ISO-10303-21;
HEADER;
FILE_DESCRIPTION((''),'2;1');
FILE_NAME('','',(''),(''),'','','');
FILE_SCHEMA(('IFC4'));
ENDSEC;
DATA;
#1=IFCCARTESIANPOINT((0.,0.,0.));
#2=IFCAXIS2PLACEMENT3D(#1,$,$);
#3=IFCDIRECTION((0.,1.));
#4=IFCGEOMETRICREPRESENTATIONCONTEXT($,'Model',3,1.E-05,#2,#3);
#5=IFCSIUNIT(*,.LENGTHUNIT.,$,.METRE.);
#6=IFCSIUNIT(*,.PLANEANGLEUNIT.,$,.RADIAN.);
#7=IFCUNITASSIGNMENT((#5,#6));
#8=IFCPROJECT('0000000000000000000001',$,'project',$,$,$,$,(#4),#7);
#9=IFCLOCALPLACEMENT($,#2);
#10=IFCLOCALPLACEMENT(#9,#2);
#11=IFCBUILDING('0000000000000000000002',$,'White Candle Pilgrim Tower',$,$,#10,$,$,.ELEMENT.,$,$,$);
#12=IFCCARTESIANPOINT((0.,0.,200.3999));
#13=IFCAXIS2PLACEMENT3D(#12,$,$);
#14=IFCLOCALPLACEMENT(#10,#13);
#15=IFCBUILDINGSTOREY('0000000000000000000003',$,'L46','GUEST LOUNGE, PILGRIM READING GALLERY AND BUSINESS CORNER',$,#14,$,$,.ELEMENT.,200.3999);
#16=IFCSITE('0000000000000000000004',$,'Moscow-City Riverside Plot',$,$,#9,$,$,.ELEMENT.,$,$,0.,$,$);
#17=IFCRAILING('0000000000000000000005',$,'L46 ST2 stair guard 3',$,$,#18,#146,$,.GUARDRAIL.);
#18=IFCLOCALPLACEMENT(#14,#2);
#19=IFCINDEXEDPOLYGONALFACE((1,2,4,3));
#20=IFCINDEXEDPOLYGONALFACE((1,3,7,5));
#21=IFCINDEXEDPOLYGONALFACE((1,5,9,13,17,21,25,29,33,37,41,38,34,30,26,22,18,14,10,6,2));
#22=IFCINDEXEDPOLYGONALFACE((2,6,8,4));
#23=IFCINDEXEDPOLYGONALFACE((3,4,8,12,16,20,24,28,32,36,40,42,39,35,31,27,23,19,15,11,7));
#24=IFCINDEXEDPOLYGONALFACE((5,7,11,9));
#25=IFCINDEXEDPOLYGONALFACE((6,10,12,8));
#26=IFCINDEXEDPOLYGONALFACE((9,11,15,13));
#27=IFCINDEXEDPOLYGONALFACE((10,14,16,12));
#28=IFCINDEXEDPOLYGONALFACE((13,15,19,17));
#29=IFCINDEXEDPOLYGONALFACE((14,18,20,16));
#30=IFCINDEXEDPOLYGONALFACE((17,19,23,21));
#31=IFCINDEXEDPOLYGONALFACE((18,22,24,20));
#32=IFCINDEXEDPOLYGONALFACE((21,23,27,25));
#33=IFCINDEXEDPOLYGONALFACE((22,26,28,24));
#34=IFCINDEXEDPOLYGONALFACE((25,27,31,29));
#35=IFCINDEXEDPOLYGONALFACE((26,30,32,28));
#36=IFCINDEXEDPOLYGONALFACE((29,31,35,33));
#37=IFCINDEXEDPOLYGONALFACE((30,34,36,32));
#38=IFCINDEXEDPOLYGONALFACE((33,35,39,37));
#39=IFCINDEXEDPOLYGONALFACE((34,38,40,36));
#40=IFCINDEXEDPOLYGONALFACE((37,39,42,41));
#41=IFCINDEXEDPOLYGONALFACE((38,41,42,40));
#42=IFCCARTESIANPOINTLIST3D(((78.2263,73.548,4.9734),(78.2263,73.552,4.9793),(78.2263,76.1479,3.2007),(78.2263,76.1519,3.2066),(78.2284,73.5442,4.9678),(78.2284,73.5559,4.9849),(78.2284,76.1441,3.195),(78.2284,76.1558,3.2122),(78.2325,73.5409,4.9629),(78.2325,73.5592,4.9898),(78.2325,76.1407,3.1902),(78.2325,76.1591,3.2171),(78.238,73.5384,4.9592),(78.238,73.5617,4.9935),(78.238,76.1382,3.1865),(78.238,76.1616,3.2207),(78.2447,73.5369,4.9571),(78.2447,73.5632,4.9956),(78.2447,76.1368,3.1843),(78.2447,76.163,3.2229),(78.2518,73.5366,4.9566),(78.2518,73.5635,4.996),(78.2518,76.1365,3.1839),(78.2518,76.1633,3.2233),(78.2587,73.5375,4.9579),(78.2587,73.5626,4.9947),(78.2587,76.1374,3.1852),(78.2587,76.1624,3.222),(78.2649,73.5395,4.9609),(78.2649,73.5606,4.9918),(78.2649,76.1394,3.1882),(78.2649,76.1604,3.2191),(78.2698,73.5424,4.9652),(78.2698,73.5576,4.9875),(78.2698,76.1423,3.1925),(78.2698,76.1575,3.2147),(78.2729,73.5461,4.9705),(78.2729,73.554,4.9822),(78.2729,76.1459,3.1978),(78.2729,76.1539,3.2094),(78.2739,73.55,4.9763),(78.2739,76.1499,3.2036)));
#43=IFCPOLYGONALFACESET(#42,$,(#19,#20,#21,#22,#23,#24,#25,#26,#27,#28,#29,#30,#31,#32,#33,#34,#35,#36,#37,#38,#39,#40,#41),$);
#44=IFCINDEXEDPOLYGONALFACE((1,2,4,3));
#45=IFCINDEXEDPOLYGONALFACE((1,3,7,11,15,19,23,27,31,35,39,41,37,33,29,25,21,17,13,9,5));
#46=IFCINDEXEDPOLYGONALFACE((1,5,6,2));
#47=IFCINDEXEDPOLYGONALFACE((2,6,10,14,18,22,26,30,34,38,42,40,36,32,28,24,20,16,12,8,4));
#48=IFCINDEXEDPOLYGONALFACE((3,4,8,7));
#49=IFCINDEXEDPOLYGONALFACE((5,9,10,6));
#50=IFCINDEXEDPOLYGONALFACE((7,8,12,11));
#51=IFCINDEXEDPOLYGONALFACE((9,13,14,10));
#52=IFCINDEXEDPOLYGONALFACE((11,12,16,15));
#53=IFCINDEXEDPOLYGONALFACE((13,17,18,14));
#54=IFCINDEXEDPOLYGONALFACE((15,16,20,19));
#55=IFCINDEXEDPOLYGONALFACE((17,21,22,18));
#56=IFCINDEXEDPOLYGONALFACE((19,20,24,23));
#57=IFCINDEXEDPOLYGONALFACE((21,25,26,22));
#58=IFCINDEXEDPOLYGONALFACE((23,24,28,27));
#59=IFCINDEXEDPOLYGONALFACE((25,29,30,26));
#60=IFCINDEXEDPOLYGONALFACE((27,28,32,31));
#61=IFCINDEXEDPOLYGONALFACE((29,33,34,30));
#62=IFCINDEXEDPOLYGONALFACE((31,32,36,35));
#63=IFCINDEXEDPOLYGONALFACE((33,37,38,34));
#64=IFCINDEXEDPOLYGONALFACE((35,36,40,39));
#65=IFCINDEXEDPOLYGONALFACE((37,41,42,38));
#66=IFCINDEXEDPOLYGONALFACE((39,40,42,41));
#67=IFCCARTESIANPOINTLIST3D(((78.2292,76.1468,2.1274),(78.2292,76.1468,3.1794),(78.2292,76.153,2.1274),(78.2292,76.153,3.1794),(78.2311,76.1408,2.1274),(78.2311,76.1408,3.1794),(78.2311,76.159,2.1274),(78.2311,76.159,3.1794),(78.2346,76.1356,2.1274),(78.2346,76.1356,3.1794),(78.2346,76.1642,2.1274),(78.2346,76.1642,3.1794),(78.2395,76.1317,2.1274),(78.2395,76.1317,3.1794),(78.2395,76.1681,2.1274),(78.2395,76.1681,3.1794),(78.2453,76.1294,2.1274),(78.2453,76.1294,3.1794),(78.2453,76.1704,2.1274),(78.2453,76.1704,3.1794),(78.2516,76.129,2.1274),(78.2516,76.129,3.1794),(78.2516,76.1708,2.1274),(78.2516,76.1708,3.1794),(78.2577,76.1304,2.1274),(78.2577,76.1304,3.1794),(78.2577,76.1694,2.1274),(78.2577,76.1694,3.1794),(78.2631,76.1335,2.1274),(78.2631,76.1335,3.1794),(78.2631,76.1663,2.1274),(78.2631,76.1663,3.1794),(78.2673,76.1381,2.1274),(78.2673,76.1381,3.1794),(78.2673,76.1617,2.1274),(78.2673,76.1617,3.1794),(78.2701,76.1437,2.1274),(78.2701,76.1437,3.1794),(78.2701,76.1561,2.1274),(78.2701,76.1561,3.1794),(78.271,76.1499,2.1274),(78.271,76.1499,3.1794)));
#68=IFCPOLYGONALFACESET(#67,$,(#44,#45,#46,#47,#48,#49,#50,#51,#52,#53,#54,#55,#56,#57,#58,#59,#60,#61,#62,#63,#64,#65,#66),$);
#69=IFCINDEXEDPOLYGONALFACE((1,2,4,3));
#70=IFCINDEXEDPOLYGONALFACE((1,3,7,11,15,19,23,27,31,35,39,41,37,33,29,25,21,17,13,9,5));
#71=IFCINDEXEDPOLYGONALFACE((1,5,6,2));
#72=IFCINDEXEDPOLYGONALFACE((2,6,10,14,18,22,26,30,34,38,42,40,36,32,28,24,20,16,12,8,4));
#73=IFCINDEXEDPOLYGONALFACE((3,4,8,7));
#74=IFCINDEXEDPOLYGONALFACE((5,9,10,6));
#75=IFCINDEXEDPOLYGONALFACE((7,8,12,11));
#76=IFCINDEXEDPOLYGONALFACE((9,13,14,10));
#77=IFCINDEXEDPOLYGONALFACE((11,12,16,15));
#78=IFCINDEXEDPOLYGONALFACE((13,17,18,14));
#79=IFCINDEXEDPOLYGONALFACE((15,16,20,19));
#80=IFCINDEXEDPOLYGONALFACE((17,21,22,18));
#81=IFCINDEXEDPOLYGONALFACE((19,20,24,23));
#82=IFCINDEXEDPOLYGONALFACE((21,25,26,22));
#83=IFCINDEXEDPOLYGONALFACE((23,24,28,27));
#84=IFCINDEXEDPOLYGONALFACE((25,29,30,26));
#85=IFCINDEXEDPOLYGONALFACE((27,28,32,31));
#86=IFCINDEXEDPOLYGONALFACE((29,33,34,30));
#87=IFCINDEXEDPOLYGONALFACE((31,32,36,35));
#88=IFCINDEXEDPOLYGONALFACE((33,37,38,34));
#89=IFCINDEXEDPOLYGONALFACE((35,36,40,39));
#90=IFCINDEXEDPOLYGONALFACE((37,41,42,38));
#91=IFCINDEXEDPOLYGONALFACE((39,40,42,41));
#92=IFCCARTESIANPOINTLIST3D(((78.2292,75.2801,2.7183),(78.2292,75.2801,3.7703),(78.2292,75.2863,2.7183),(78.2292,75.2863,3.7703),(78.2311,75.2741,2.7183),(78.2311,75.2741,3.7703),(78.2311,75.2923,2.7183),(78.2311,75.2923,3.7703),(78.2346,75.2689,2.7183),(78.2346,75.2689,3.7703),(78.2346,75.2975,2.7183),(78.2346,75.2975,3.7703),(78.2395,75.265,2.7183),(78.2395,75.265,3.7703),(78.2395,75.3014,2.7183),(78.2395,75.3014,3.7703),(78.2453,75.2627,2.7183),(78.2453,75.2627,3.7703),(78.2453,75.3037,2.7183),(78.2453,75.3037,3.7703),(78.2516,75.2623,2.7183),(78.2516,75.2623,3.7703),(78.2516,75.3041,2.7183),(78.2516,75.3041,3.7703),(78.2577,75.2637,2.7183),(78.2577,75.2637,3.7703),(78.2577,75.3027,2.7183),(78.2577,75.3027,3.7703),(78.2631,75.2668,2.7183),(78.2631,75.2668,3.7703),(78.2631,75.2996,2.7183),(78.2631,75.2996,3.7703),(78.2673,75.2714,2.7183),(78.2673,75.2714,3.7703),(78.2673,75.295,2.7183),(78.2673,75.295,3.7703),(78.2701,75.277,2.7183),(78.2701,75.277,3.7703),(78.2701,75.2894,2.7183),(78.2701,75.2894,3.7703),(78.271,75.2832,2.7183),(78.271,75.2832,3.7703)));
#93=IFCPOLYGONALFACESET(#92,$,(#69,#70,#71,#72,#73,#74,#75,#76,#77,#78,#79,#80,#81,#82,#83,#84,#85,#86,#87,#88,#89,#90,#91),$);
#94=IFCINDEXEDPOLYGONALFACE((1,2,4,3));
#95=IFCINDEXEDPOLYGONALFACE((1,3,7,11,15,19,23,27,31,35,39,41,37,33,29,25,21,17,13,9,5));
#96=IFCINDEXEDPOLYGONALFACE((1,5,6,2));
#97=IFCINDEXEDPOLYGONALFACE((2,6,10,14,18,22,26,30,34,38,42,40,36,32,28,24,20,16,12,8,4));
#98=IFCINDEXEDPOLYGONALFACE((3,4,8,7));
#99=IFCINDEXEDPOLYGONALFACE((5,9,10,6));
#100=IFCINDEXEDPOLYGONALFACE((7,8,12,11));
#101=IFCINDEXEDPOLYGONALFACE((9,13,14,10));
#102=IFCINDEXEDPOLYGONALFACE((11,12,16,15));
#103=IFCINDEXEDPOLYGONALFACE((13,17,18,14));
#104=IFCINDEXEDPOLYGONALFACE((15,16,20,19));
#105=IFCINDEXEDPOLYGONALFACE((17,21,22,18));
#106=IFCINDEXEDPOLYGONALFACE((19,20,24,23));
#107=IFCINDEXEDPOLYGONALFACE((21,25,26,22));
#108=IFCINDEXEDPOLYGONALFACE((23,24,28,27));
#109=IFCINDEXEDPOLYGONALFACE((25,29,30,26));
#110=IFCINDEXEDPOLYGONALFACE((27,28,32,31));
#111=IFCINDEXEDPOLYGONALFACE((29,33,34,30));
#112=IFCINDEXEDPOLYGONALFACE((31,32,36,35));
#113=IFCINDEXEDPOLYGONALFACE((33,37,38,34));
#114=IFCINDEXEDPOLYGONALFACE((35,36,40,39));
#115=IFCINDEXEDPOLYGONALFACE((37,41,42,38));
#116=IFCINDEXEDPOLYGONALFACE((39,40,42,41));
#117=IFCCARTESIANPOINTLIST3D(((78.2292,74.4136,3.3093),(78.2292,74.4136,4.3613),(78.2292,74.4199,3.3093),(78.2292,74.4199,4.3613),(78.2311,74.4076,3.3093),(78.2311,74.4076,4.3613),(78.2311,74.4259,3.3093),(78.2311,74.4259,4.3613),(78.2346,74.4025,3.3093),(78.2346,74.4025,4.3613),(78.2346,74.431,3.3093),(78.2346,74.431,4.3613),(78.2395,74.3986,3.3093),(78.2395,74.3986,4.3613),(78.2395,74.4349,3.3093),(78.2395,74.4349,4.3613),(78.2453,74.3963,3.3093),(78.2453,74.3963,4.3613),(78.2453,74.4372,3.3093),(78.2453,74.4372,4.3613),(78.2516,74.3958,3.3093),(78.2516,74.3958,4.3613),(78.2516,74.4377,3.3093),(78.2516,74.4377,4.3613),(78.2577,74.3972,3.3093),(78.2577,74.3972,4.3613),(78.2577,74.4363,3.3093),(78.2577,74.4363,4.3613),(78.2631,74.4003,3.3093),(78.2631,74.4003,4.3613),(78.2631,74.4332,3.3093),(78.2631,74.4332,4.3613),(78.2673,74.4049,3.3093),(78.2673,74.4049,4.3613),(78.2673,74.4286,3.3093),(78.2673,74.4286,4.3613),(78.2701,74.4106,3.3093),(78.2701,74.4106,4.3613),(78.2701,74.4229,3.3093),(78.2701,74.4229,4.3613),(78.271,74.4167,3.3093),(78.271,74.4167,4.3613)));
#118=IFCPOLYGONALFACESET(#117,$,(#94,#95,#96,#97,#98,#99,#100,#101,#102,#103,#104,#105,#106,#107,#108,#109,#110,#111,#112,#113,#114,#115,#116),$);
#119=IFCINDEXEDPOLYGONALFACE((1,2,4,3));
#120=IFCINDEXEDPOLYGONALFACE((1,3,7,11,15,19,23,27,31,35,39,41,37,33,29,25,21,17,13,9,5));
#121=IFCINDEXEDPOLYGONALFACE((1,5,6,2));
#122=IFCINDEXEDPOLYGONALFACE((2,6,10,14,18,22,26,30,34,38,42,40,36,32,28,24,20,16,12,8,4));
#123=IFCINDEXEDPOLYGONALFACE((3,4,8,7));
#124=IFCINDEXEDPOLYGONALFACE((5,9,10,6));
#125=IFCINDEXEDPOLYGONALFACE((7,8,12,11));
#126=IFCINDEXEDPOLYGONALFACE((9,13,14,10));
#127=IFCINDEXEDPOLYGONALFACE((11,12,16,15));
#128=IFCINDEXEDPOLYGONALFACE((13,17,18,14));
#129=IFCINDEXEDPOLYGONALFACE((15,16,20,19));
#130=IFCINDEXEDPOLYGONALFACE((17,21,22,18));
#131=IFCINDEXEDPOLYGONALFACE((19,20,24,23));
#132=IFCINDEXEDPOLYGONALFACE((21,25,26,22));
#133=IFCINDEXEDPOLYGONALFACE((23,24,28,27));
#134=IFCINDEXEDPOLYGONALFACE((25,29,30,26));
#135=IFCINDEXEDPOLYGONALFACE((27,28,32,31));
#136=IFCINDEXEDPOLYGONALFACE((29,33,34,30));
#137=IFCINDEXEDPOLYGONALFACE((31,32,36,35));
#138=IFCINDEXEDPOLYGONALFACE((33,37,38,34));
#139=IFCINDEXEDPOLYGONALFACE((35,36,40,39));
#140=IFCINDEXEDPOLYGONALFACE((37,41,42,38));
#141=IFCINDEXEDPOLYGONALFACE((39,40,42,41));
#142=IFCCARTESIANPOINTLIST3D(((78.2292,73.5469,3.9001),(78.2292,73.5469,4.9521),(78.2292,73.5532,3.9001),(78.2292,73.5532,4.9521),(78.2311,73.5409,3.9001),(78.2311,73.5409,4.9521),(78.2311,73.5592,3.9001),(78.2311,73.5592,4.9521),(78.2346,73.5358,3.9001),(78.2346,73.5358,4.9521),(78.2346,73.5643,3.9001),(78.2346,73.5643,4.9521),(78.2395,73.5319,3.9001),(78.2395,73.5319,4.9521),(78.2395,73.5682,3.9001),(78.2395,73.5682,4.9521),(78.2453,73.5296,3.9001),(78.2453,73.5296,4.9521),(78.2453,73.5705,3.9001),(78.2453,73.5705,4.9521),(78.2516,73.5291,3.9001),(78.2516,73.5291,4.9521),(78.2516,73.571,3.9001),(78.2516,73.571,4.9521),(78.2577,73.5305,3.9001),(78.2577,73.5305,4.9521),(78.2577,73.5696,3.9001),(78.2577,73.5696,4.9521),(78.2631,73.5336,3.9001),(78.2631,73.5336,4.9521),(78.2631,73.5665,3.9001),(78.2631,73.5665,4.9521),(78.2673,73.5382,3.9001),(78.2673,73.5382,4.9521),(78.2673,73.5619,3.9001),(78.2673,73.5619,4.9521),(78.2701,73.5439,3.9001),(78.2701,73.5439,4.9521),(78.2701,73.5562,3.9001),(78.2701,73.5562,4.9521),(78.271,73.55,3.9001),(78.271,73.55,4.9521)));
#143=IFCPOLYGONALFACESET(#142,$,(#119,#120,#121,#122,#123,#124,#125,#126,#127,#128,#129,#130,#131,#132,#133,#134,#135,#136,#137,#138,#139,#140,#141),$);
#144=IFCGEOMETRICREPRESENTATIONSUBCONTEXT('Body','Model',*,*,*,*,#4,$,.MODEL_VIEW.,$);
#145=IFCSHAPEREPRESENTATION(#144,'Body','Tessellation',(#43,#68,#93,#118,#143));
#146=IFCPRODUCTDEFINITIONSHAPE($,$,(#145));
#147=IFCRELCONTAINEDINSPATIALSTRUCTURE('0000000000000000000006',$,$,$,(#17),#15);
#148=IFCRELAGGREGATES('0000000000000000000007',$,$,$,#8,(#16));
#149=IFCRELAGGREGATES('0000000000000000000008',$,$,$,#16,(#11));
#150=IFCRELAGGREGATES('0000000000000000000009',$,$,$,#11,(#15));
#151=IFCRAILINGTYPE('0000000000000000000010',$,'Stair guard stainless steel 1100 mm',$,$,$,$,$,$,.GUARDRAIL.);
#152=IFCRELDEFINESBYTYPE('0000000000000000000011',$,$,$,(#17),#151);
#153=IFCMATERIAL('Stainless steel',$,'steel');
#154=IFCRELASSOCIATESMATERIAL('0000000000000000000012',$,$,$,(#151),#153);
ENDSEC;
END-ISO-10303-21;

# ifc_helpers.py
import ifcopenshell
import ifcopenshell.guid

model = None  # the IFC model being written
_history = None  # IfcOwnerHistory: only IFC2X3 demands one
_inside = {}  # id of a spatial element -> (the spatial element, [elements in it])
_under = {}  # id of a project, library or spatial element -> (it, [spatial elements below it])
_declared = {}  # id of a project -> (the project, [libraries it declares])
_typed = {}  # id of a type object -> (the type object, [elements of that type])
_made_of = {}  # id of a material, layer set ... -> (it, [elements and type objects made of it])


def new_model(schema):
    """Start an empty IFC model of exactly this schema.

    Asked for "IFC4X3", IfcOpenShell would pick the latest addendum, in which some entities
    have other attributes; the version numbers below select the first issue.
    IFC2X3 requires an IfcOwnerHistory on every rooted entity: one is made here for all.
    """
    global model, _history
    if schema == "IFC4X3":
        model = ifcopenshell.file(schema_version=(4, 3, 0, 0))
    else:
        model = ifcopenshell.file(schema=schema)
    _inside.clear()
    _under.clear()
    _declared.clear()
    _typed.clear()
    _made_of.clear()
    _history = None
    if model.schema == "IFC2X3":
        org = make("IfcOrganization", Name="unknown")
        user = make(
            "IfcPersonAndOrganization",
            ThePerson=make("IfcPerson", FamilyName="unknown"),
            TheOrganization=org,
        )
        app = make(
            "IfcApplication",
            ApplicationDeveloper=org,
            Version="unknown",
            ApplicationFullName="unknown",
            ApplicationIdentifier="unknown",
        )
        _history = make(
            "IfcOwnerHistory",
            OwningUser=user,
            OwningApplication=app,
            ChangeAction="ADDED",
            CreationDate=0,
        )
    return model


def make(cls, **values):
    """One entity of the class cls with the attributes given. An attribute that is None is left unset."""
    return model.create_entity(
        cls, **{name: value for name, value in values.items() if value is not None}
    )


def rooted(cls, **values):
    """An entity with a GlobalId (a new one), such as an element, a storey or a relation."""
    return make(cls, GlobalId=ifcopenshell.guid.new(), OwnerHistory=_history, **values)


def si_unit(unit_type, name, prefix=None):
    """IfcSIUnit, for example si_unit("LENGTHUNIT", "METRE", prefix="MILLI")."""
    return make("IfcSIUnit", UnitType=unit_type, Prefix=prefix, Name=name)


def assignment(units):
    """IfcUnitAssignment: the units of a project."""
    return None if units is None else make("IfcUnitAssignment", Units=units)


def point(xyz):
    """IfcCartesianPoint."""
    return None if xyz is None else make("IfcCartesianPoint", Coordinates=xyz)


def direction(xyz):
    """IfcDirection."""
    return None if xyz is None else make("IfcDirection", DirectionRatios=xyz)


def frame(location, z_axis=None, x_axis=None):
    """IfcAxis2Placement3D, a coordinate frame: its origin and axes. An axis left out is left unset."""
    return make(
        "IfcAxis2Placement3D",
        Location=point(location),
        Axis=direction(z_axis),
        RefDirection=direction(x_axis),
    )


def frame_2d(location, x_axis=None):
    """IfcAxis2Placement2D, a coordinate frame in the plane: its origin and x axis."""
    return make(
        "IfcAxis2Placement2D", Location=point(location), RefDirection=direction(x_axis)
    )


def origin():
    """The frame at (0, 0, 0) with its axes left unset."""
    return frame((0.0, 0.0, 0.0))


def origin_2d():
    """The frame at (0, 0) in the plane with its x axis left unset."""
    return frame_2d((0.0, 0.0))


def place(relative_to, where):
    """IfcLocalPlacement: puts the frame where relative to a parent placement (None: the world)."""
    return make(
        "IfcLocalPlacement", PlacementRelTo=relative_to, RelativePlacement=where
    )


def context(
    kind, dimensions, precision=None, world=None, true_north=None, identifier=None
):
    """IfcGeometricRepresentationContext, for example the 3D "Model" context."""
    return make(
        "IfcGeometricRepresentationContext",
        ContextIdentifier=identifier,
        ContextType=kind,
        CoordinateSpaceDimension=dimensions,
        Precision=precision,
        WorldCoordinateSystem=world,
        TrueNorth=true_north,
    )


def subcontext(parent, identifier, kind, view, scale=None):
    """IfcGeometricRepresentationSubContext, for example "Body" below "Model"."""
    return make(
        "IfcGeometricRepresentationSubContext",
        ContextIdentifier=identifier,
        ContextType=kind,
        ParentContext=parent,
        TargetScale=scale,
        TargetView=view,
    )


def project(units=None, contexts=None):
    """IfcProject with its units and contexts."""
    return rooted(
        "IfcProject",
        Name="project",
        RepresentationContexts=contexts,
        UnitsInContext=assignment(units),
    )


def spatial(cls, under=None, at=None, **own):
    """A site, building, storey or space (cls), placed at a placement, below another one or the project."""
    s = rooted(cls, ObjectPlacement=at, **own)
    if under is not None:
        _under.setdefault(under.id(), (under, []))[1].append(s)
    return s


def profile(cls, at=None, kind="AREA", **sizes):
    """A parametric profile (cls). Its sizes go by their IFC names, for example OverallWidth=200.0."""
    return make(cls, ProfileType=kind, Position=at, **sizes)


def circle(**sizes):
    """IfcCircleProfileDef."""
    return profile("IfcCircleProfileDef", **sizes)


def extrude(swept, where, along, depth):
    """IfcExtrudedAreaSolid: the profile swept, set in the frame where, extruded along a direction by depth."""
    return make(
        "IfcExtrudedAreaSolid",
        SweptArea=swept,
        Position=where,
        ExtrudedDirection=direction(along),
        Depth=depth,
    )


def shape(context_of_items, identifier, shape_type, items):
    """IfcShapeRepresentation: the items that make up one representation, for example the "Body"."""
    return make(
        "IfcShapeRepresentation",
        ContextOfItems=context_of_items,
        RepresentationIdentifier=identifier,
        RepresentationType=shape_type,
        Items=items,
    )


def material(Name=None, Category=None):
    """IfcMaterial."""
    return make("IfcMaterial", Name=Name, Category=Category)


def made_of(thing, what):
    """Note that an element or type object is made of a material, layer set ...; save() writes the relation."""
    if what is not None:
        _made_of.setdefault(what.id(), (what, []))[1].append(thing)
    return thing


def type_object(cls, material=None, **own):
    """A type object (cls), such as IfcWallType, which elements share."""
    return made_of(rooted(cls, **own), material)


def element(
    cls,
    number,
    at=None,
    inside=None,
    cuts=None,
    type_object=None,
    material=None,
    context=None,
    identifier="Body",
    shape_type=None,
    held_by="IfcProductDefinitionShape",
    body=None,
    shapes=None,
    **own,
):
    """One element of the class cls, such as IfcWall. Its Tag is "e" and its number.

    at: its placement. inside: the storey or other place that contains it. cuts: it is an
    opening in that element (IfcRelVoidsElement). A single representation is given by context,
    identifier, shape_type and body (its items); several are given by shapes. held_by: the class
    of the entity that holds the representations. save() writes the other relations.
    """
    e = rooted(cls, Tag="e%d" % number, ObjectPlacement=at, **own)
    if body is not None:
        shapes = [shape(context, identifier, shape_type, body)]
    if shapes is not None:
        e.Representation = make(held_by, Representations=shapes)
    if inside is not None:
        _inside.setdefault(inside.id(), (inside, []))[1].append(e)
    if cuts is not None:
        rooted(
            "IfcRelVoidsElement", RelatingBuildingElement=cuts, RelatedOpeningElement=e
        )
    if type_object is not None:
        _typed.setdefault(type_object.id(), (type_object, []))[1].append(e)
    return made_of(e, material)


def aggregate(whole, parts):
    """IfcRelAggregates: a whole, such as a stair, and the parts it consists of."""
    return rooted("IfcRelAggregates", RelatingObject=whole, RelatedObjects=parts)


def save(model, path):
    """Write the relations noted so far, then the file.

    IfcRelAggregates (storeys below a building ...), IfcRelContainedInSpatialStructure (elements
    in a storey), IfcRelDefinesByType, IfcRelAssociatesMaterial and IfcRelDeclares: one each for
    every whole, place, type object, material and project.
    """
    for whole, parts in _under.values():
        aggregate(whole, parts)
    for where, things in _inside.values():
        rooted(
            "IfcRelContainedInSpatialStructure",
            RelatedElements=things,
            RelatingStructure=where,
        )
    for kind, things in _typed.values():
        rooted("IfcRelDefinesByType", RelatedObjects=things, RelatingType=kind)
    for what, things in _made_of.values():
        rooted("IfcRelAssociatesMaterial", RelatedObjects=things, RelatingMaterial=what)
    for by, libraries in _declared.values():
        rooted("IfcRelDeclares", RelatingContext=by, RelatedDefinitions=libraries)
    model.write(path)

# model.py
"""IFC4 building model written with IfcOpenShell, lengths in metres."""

from ifc_helpers import new_model, si_unit, direction, frame, origin, origin_2d, place, context, subcontext, project, spatial, circle, extrude, material, type_object, element, save


model = new_model("IFC4")

# Units and contexts
model_context = context("Model", 3, precision=1e-05, world=origin(), true_north=direction((0.0, 1.0)))
body_context = subcontext(model_context, "Body", "Model", "MODEL_VIEW")
ifc_project = project(units=[si_unit("LENGTHUNIT", "METRE"), si_unit("PLANEANGLEUNIT", "RADIAN")], contexts=[model_context])

# Site, building, storey
site_placement = place(None, origin())
site = spatial("IfcSite", under=ifc_project, at=site_placement, Name="Moscow-City Riverside Plot", CompositionType="ELEMENT", RefElevation=0.0)
building_placement = place(site_placement, origin())
building = spatial("IfcBuilding", under=site, at=building_placement, Name="White Candle Pilgrim Tower", CompositionType="ELEMENT")
storey_placement = place(building_placement, frame((0.0, 0.0, 200.3999)))
storey = spatial("IfcBuildingStorey", under=building, at=storey_placement, Name="L46", Description="GUEST LOUNGE, PILGRIM READING GALLERY AND BUSINESS CORNER", CompositionType="ELEMENT", Elevation=200.3999)

# Railing
ifc_material_1 = material(Name="Stainless steel", Category="steel")
railing_type_1 = type_object("IfcRailingType", Name="Stair guard stainless steel 1100 mm", PredefinedType="GUARDRAIL", material=ifc_material_1)
railing_1_placement = place(storey_placement, frame((78.25, 76.1499, 2.1274)))
element("IfcRailing", 1, at=railing_1_placement, inside=storey, type_object=railing_type_1, Name="L46 ST2 stair guard 3", PredefinedType="GUARDRAIL", context=body_context, shape_type="SweptSolid", body=[
    extrude(circle(Radius=0.0239, at=origin_2d()), frame((0.0, 0.0, 1.0762), z_axis=(0.0, -0.826216, 0.563354), x_axis=(1.0, 0.0, 0.0)), (0.0, 0.0, 1.0), 3.1467),
    extrude(circle(Radius=0.021, at=origin_2d()), origin(), (0.0, 0.0, 1.0), 1.052),
    extrude(circle(Radius=0.021, at=origin_2d()), frame((0.0, -0.8667, 0.5908)), (0.0, 0.0, 1.0), 1.052),
    extrude(circle(Radius=0.021, at=origin_2d()), frame((0.0, -1.7332, 1.1819)), (0.0, 0.0, 1.0), 1.052),
    extrude(circle(Radius=0.021, at=origin_2d()), frame((0.0, -2.5999, 1.7727)), (0.0, 0.0, 1.0), 1.052),
])

save(model, "model.ifc")
